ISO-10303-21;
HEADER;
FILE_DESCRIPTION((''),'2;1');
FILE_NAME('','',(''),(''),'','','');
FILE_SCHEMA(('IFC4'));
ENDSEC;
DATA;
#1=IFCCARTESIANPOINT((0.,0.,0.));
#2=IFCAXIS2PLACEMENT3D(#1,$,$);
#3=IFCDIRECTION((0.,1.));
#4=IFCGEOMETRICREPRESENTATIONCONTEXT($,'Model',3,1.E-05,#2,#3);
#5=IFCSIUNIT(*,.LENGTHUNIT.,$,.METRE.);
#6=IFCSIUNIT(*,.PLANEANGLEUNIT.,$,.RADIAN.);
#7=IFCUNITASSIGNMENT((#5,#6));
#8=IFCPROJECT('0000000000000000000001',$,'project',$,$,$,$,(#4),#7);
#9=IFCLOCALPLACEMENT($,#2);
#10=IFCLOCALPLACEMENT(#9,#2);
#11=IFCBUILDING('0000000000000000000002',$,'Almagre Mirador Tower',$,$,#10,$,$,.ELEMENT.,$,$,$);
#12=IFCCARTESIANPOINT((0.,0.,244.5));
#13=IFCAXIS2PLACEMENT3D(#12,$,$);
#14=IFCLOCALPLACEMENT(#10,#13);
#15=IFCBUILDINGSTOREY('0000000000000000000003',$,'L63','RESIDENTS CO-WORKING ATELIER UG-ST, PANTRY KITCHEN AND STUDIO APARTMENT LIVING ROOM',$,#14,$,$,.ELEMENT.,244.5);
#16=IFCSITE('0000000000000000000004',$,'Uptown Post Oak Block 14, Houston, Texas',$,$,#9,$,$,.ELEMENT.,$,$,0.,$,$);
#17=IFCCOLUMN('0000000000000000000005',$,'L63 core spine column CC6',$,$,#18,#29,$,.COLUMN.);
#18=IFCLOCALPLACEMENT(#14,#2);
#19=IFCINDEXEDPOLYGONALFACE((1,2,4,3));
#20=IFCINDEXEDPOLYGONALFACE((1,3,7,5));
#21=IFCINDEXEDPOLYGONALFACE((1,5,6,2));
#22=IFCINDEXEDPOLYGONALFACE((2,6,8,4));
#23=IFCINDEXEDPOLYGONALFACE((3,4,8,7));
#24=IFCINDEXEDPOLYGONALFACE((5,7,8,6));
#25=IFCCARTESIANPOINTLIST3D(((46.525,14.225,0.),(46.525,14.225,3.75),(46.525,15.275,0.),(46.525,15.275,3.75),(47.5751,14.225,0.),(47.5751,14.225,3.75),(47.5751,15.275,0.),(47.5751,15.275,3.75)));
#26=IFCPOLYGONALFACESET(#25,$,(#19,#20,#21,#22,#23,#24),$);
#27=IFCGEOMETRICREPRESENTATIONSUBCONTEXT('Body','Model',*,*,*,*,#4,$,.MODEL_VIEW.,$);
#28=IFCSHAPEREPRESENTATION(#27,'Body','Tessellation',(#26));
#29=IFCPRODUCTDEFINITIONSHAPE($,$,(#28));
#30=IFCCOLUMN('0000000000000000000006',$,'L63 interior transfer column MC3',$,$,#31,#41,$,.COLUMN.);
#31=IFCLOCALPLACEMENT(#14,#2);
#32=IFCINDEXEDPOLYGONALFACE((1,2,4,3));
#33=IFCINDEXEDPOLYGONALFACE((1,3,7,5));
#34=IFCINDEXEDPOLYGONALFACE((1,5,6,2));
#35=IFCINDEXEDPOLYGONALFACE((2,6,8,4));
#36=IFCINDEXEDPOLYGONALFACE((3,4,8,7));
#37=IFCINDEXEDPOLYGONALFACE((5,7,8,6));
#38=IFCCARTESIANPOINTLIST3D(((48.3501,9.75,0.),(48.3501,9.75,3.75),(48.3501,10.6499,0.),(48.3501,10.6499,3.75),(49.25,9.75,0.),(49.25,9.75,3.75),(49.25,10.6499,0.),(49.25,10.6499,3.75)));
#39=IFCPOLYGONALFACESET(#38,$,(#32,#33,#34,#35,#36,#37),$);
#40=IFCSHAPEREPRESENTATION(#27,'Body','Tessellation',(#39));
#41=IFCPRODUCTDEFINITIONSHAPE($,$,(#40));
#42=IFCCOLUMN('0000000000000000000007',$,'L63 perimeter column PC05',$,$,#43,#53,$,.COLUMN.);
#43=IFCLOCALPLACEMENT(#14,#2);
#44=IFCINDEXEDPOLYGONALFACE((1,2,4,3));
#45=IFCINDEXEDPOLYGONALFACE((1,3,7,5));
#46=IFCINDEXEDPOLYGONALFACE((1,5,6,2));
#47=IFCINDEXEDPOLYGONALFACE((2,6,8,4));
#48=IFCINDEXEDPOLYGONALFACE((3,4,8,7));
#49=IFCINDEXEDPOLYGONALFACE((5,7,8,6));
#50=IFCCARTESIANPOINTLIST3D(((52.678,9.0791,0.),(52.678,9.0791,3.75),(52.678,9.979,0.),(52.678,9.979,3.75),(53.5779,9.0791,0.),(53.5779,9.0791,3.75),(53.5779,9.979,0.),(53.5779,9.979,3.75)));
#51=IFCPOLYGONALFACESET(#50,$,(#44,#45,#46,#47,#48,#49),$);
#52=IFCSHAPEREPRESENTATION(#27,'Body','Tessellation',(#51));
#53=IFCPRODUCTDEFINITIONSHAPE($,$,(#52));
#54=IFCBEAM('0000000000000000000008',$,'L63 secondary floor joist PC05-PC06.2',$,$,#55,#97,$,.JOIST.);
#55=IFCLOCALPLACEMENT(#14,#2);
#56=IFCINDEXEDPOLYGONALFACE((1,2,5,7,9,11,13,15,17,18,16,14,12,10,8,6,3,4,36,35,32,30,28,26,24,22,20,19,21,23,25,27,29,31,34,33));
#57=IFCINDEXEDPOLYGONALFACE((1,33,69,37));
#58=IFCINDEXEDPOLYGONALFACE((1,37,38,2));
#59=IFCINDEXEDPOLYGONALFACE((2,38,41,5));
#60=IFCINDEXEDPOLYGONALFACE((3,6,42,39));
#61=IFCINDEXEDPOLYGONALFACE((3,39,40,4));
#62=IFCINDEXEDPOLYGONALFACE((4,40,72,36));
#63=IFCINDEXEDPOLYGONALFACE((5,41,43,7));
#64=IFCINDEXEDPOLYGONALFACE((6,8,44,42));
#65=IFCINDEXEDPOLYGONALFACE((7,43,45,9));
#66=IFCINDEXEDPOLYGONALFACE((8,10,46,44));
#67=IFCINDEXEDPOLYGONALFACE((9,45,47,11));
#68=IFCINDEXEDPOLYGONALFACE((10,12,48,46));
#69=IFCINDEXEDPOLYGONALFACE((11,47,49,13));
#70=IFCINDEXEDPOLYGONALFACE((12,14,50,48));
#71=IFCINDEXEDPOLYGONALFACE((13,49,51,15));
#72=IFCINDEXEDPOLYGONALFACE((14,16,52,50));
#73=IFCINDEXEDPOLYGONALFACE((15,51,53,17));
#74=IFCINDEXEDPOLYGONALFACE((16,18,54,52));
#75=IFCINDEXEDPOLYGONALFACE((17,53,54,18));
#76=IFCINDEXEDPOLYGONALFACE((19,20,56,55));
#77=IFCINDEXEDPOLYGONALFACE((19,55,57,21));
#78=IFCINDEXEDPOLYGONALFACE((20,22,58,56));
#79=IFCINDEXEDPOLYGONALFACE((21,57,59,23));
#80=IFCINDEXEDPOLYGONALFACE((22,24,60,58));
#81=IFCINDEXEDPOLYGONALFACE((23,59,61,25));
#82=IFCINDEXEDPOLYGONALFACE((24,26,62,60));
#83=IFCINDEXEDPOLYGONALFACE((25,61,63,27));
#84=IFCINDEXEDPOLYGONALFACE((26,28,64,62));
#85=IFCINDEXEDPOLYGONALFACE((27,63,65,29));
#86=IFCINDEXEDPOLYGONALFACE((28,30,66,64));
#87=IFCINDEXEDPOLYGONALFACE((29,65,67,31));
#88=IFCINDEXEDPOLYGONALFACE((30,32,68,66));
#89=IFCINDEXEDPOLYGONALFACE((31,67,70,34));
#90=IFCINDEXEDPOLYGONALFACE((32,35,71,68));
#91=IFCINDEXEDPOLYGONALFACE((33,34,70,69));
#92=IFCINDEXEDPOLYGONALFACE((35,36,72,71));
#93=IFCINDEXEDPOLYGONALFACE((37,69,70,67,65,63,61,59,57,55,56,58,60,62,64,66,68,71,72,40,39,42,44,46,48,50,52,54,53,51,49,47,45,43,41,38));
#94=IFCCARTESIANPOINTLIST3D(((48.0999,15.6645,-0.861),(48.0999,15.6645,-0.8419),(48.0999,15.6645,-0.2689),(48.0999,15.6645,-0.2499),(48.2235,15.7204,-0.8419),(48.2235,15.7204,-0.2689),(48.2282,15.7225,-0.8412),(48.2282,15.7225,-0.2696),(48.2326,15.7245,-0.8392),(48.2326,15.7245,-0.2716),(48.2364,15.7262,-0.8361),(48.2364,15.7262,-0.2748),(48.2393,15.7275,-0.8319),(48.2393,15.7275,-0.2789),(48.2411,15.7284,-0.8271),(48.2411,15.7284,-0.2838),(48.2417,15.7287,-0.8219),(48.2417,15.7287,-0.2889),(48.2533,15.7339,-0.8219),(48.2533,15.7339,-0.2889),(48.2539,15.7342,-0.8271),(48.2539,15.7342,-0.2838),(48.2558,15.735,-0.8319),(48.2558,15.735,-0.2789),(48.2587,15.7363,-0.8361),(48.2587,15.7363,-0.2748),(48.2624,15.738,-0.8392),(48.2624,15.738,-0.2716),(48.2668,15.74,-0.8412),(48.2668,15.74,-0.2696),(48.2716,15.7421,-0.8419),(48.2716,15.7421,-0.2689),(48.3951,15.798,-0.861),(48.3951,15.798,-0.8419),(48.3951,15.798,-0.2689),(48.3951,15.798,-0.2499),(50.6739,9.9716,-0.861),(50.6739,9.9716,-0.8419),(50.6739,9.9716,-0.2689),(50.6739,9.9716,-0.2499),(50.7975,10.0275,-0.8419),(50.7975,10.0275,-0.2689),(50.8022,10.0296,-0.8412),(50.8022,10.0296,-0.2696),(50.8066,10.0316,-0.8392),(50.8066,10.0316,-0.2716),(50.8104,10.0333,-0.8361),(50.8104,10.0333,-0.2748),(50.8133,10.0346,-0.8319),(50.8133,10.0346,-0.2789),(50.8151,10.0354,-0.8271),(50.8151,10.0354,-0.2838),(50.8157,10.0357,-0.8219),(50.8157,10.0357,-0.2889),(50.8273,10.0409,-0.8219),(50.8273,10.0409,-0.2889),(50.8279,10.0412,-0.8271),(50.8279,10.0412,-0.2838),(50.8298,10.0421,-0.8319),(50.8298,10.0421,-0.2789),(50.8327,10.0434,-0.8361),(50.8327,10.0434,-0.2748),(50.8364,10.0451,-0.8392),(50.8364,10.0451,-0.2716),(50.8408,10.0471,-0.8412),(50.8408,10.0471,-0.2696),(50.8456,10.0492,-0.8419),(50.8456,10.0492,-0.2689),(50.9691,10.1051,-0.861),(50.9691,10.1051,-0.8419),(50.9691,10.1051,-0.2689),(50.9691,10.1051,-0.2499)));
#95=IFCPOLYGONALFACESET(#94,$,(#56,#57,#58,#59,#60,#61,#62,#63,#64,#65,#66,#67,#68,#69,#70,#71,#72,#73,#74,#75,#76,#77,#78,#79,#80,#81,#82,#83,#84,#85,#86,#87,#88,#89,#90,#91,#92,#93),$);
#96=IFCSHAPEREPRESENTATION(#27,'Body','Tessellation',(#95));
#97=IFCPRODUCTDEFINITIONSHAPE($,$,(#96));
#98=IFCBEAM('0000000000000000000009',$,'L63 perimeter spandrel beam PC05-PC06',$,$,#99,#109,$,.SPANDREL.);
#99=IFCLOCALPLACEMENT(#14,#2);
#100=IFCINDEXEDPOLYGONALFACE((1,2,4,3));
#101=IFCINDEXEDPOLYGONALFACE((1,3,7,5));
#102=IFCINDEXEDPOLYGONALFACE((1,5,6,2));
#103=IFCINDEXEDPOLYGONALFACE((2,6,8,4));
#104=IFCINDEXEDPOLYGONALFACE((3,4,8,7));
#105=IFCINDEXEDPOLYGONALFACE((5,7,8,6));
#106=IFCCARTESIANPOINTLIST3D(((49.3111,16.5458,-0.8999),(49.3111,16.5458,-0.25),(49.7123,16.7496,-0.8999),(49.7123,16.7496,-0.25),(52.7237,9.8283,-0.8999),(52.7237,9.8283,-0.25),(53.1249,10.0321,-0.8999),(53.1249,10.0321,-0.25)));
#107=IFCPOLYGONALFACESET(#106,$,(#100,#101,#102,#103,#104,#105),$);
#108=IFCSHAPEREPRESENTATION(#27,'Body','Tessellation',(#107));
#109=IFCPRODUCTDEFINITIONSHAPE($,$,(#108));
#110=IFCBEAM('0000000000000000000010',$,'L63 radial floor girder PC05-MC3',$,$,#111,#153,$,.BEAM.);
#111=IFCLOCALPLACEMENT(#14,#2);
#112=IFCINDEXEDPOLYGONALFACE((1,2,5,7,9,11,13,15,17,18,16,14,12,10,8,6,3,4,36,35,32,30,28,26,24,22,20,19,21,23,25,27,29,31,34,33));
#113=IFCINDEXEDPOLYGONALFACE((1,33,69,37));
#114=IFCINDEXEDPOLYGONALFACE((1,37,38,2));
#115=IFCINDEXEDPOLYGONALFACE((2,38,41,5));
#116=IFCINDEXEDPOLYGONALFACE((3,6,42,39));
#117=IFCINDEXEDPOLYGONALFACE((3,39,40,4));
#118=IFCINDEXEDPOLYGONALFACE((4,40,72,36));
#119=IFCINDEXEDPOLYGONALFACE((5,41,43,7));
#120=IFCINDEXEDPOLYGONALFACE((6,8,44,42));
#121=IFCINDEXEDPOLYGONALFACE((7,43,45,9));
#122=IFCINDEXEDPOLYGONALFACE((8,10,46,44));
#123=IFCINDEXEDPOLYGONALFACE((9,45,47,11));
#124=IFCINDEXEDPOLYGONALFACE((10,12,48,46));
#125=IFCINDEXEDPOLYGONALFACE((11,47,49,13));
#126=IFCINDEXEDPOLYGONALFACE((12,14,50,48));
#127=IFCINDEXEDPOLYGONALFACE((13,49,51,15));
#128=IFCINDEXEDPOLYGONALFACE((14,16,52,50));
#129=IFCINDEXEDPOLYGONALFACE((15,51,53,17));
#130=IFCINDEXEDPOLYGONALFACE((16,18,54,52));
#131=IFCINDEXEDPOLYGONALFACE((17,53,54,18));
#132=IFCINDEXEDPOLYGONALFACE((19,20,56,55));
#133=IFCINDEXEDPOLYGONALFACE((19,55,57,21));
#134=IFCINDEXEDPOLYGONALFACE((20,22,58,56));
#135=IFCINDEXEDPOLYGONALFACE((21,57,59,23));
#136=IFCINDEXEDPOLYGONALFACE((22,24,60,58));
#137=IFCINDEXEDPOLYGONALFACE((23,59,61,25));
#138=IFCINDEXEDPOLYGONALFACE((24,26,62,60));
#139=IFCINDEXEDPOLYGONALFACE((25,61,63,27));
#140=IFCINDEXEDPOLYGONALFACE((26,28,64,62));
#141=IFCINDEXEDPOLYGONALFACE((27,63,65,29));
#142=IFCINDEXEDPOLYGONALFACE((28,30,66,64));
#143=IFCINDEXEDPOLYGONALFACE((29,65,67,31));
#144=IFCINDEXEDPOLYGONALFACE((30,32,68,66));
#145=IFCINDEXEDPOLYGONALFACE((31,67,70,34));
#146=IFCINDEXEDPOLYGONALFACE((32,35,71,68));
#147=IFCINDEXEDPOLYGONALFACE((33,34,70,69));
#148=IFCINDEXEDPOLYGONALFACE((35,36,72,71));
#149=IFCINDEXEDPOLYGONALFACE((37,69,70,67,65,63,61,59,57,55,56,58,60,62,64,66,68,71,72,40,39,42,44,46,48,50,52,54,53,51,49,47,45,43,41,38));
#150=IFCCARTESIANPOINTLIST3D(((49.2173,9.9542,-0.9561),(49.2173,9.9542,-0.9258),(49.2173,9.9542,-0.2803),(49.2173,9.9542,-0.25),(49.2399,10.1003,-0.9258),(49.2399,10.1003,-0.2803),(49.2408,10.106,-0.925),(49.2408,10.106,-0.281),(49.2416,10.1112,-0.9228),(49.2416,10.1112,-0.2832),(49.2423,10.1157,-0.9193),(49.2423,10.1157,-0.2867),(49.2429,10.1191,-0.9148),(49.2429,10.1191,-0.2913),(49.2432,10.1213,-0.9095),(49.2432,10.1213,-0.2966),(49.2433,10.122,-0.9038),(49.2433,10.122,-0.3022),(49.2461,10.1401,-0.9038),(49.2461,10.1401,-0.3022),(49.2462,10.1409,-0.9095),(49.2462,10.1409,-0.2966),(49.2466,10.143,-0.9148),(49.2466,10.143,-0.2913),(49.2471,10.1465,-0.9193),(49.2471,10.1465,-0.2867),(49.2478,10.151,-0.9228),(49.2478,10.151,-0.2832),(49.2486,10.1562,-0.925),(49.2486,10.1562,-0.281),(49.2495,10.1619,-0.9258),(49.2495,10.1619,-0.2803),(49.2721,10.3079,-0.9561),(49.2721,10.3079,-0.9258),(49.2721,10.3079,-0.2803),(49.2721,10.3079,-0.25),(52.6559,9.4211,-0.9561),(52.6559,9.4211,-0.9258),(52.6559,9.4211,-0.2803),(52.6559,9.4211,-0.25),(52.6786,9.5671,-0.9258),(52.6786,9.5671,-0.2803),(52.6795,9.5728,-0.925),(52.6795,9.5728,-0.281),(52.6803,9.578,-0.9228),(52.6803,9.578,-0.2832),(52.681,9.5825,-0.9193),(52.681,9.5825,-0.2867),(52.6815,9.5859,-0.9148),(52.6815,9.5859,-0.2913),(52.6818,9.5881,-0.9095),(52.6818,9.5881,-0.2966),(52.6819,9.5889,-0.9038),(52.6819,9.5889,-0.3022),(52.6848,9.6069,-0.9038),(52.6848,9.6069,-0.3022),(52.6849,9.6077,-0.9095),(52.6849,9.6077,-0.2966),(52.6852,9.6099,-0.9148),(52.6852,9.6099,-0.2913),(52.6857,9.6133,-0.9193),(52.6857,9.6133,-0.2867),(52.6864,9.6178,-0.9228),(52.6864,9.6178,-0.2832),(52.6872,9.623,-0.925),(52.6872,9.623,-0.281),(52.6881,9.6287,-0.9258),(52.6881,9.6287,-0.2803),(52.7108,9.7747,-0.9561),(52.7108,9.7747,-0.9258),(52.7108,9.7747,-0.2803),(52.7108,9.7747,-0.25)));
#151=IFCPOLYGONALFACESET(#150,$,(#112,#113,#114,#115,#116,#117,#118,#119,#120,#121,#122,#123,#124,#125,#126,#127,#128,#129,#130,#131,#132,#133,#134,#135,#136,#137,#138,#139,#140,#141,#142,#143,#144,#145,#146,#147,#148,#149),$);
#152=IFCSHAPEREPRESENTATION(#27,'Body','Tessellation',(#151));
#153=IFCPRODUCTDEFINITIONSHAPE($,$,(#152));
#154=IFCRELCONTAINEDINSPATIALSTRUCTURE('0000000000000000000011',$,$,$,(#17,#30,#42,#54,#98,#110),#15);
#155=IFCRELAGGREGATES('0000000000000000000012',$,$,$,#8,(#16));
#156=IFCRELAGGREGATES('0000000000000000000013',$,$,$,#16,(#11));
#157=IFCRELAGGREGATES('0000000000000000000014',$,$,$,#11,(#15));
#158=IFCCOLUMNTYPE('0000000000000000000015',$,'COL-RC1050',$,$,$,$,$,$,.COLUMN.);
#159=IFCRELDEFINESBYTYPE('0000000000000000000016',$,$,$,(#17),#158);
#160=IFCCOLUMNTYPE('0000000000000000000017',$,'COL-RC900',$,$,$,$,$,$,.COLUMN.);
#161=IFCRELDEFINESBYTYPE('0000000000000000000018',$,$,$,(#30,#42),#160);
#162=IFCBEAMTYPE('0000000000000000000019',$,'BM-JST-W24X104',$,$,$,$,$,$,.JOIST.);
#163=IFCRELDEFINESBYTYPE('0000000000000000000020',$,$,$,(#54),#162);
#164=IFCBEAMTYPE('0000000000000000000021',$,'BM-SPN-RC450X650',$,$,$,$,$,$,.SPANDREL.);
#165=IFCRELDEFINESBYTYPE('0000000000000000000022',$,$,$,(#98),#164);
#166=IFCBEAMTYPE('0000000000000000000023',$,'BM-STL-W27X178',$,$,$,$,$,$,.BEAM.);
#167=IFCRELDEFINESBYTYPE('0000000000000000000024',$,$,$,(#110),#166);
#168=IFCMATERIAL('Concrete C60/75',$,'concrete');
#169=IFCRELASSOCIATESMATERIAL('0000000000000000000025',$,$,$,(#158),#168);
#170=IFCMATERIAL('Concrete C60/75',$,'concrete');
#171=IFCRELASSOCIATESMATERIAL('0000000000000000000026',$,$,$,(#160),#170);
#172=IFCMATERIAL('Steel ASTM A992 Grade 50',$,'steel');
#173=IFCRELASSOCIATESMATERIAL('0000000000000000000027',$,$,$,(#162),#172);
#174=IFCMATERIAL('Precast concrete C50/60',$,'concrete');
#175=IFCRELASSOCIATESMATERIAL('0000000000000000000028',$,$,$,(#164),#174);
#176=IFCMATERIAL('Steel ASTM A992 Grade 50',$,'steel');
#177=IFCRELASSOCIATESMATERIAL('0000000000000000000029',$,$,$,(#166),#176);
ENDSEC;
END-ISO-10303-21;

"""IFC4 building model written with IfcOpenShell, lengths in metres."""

from ifc_helpers import new_model, si_unit, direction, frame, origin, origin_2d, place, context, subcontext, project, spatial, rectangle, i_section, extrude, material, material_profile, profile_set, type_object, element, save


model = new_model("IFC4")

# Units and contexts
model_context = context("Model", 3, precision=1e-05, world=origin(), true_north=direction((0.0, 1.0)))
body_context = subcontext(model_context, "Body", "Model", "MODEL_VIEW")
ifc_project = project(units=[si_unit("LENGTHUNIT", "METRE"), si_unit("PLANEANGLEUNIT", "RADIAN")], contexts=[model_context])

# Site, building, storey
site_placement = place(None, origin())
site = spatial("IfcSite", under=ifc_project, at=site_placement, Name="Uptown Post Oak Block 14, Houston, Texas", CompositionType="ELEMENT", RefElevation=0.0)
building_placement = place(site_placement, origin())
building = spatial("IfcBuilding", under=site, at=building_placement, Name="Almagre Mirador Tower", CompositionType="ELEMENT")
storey_placement = place(building_placement, frame((0.0, 0.0, 244.5)))
storey = spatial("IfcBuildingStorey", under=building, at=storey_placement, Name="L63", Description="RESIDENTS CO-WORKING ATELIER UG-ST, PANTRY KITCHEN AND STUDIO APARTMENT LIVING ROOM", CompositionType="ELEMENT", Elevation=244.5)

# Columns
ifc_material_1 = material(Name="Concrete C60/75", Category="concrete")
ifc_material_profile_1 = material_profile(ifc_material_1, rectangle(XDim=1.05, YDim=1.05, at=origin_2d()), Name="RC1050X1050")
ifc_profile_set_1 = profile_set([ifc_material_profile_1], Name="Concrete C60/75")
column_type_1 = type_object("IfcColumnType", Name="COL-RC1050", PredefinedType="COLUMN", material=ifc_profile_set_1)
column_placement = place(storey_placement, frame((47.05, 14.75, 0.0), z_axis=(0.0, 0.0, 1.0), x_axis=(1.0, 0.0, 0.0)))
element("IfcColumn", 1, at=column_placement, inside=storey, type_object=column_type_1, Name="L63 core spine column CC6", PredefinedType="COLUMN", context=body_context, shape_type="SweptSolid", body=[
    extrude(rectangle(XDim=1.05, YDim=1.05, at=origin_2d()), origin(), (0.0, 0.0, 1.0), 3.75),
])
ifc_material_2 = material(Name="Concrete C60/75", Category="concrete")
ifc_material_profile_2 = material_profile(ifc_material_2, rectangle(XDim=0.8999, YDim=0.8999, at=origin_2d()), Name="RC900X900")
ifc_profile_set_2 = profile_set([ifc_material_profile_2], Name="Concrete C60/75")
column_type_2 = type_object("IfcColumnType", Name="COL-RC900", PredefinedType="COLUMN", material=ifc_profile_set_2)
for number, where, z_axis, x_axis, name in (
    (2, (48.8, 10.2, 0.0), (0.0, 0.0, 1.0), (1.0, 0.0, 0.0), "L63 interior transfer column MC3"),
    (3, (53.1279, 9.5291, 0.0), (0.0, 0.0, 1.0), (1.0, 0.0, 0.0), "L63 perimeter column PC05"),
):
    element("IfcColumn", number, at=place(storey_placement, frame(where, z_axis=z_axis, x_axis=x_axis)), inside=storey, type_object=column_type_2, Name=name, PredefinedType="COLUMN", context=body_context, shape_type="SweptSolid", body=[
        extrude(rectangle(XDim=0.8999, YDim=0.8999, at=origin_2d()), origin(), (0.0, 0.0, 1.0), 3.75),
    ])

# Beams
ifc_material_3 = material(Name="Steel ASTM A992 Grade 50", Category="steel")
ifc_material_profile_3 = material_profile(ifc_material_3, i_section(OverallWidth=0.324, OverallDepth=0.6111, WebThickness=0.0127, FlangeThickness=0.019, FilletRadius=0.02, at=origin_2d()), Name="W24X104")
ifc_profile_set_3 = profile_set([ifc_material_profile_3], Name="Steel ASTM A992 Grade 50")
beam_type_1 = type_object("IfcBeamType", Name="BM-JST-W24X104", PredefinedType="JOIST", material=ifc_profile_set_3)
beam_1_placement = place(storey_placement, frame((50.8215, 10.0383, -0.5554), z_axis=(-0.411986, 0.91119, 0.0), x_axis=(-0.91119, -0.411986, 0.0)))
element("IfcBeam", 4, at=beam_1_placement, inside=storey, type_object=beam_type_1, Name="L63 secondary floor joist PC05-PC06.2", PredefinedType="JOIST", context=body_context, shape_type="SweptSolid", body=[
    extrude(i_section(OverallWidth=0.324, OverallDepth=0.6111, WebThickness=0.0127, FlangeThickness=0.019, FilletRadius=0.02, at=origin_2d()), origin(), (0.0, 0.0, 1.0), 6.2478),
])
ifc_material_4 = material(Name="Precast concrete C50/60", Category="concrete")
ifc_material_profile_4 = material_profile(ifc_material_4, rectangle(XDim=0.45, YDim=0.6499, at=origin_2d()), Name="RC450X650")
ifc_profile_set_4 = profile_set([ifc_material_profile_4], Name="Precast concrete C50/60")
beam_type_2 = type_object("IfcBeamType", Name="BM-SPN-RC450X650", PredefinedType="SPANDREL", material=ifc_profile_set_4)
beam_2_placement = place(storey_placement, frame((52.9243, 9.9302, -0.575), z_axis=(-0.45292, 0.891551, 0.0), x_axis=(-0.891551, -0.45292, 0.0)))
element("IfcBeam", 5, at=beam_2_placement, inside=storey, type_object=beam_type_2, Name="L63 perimeter spandrel beam PC05-PC06", PredefinedType="SPANDREL", context=body_context, shape_type="SweptSolid", body=[
    extrude(rectangle(XDim=0.45, YDim=0.6499, at=origin_2d()), origin(), (0.0, 0.0, 1.0), 7.5347),
])
ifc_material_5 = material(Name="Steel ASTM A992 Grade 50", Category="steel")
ifc_material_profile_5 = material_profile(ifc_material_5, i_section(OverallWidth=0.3579, OverallDepth=0.7061, WebThickness=0.0183, FlangeThickness=0.0303, FilletRadius=0.022, at=origin_2d()), Name="W27X178")
ifc_profile_set_5 = profile_set([ifc_material_profile_5], Name="Steel ASTM A992 Grade 50")
beam_type_3 = type_object("IfcBeamType", Name="BM-STL-W27X178", PredefinedType="BEAM", material=ifc_profile_set_5)
beam_3_placement = place(storey_placement, frame((52.6833, 9.5979, -0.603), z_axis=(-0.988191, 0.153227, 0.0), x_axis=(-0.153227, -0.988191, 0.0)))
element("IfcBeam", 6, at=beam_3_placement, inside=storey, type_object=beam_type_3, Name="L63 radial floor girder PC05-MC3", PredefinedType="BEAM", context=body_context, shape_type="SweptSolid", body=[
    extrude(i_section(OverallWidth=0.3579, OverallDepth=0.7061, WebThickness=0.0183, FlangeThickness=0.0303, FilletRadius=0.022, at=origin_2d()), origin(), (0.0, 0.0, 1.0), 3.4797),
])

save(model, "model.ifc")
